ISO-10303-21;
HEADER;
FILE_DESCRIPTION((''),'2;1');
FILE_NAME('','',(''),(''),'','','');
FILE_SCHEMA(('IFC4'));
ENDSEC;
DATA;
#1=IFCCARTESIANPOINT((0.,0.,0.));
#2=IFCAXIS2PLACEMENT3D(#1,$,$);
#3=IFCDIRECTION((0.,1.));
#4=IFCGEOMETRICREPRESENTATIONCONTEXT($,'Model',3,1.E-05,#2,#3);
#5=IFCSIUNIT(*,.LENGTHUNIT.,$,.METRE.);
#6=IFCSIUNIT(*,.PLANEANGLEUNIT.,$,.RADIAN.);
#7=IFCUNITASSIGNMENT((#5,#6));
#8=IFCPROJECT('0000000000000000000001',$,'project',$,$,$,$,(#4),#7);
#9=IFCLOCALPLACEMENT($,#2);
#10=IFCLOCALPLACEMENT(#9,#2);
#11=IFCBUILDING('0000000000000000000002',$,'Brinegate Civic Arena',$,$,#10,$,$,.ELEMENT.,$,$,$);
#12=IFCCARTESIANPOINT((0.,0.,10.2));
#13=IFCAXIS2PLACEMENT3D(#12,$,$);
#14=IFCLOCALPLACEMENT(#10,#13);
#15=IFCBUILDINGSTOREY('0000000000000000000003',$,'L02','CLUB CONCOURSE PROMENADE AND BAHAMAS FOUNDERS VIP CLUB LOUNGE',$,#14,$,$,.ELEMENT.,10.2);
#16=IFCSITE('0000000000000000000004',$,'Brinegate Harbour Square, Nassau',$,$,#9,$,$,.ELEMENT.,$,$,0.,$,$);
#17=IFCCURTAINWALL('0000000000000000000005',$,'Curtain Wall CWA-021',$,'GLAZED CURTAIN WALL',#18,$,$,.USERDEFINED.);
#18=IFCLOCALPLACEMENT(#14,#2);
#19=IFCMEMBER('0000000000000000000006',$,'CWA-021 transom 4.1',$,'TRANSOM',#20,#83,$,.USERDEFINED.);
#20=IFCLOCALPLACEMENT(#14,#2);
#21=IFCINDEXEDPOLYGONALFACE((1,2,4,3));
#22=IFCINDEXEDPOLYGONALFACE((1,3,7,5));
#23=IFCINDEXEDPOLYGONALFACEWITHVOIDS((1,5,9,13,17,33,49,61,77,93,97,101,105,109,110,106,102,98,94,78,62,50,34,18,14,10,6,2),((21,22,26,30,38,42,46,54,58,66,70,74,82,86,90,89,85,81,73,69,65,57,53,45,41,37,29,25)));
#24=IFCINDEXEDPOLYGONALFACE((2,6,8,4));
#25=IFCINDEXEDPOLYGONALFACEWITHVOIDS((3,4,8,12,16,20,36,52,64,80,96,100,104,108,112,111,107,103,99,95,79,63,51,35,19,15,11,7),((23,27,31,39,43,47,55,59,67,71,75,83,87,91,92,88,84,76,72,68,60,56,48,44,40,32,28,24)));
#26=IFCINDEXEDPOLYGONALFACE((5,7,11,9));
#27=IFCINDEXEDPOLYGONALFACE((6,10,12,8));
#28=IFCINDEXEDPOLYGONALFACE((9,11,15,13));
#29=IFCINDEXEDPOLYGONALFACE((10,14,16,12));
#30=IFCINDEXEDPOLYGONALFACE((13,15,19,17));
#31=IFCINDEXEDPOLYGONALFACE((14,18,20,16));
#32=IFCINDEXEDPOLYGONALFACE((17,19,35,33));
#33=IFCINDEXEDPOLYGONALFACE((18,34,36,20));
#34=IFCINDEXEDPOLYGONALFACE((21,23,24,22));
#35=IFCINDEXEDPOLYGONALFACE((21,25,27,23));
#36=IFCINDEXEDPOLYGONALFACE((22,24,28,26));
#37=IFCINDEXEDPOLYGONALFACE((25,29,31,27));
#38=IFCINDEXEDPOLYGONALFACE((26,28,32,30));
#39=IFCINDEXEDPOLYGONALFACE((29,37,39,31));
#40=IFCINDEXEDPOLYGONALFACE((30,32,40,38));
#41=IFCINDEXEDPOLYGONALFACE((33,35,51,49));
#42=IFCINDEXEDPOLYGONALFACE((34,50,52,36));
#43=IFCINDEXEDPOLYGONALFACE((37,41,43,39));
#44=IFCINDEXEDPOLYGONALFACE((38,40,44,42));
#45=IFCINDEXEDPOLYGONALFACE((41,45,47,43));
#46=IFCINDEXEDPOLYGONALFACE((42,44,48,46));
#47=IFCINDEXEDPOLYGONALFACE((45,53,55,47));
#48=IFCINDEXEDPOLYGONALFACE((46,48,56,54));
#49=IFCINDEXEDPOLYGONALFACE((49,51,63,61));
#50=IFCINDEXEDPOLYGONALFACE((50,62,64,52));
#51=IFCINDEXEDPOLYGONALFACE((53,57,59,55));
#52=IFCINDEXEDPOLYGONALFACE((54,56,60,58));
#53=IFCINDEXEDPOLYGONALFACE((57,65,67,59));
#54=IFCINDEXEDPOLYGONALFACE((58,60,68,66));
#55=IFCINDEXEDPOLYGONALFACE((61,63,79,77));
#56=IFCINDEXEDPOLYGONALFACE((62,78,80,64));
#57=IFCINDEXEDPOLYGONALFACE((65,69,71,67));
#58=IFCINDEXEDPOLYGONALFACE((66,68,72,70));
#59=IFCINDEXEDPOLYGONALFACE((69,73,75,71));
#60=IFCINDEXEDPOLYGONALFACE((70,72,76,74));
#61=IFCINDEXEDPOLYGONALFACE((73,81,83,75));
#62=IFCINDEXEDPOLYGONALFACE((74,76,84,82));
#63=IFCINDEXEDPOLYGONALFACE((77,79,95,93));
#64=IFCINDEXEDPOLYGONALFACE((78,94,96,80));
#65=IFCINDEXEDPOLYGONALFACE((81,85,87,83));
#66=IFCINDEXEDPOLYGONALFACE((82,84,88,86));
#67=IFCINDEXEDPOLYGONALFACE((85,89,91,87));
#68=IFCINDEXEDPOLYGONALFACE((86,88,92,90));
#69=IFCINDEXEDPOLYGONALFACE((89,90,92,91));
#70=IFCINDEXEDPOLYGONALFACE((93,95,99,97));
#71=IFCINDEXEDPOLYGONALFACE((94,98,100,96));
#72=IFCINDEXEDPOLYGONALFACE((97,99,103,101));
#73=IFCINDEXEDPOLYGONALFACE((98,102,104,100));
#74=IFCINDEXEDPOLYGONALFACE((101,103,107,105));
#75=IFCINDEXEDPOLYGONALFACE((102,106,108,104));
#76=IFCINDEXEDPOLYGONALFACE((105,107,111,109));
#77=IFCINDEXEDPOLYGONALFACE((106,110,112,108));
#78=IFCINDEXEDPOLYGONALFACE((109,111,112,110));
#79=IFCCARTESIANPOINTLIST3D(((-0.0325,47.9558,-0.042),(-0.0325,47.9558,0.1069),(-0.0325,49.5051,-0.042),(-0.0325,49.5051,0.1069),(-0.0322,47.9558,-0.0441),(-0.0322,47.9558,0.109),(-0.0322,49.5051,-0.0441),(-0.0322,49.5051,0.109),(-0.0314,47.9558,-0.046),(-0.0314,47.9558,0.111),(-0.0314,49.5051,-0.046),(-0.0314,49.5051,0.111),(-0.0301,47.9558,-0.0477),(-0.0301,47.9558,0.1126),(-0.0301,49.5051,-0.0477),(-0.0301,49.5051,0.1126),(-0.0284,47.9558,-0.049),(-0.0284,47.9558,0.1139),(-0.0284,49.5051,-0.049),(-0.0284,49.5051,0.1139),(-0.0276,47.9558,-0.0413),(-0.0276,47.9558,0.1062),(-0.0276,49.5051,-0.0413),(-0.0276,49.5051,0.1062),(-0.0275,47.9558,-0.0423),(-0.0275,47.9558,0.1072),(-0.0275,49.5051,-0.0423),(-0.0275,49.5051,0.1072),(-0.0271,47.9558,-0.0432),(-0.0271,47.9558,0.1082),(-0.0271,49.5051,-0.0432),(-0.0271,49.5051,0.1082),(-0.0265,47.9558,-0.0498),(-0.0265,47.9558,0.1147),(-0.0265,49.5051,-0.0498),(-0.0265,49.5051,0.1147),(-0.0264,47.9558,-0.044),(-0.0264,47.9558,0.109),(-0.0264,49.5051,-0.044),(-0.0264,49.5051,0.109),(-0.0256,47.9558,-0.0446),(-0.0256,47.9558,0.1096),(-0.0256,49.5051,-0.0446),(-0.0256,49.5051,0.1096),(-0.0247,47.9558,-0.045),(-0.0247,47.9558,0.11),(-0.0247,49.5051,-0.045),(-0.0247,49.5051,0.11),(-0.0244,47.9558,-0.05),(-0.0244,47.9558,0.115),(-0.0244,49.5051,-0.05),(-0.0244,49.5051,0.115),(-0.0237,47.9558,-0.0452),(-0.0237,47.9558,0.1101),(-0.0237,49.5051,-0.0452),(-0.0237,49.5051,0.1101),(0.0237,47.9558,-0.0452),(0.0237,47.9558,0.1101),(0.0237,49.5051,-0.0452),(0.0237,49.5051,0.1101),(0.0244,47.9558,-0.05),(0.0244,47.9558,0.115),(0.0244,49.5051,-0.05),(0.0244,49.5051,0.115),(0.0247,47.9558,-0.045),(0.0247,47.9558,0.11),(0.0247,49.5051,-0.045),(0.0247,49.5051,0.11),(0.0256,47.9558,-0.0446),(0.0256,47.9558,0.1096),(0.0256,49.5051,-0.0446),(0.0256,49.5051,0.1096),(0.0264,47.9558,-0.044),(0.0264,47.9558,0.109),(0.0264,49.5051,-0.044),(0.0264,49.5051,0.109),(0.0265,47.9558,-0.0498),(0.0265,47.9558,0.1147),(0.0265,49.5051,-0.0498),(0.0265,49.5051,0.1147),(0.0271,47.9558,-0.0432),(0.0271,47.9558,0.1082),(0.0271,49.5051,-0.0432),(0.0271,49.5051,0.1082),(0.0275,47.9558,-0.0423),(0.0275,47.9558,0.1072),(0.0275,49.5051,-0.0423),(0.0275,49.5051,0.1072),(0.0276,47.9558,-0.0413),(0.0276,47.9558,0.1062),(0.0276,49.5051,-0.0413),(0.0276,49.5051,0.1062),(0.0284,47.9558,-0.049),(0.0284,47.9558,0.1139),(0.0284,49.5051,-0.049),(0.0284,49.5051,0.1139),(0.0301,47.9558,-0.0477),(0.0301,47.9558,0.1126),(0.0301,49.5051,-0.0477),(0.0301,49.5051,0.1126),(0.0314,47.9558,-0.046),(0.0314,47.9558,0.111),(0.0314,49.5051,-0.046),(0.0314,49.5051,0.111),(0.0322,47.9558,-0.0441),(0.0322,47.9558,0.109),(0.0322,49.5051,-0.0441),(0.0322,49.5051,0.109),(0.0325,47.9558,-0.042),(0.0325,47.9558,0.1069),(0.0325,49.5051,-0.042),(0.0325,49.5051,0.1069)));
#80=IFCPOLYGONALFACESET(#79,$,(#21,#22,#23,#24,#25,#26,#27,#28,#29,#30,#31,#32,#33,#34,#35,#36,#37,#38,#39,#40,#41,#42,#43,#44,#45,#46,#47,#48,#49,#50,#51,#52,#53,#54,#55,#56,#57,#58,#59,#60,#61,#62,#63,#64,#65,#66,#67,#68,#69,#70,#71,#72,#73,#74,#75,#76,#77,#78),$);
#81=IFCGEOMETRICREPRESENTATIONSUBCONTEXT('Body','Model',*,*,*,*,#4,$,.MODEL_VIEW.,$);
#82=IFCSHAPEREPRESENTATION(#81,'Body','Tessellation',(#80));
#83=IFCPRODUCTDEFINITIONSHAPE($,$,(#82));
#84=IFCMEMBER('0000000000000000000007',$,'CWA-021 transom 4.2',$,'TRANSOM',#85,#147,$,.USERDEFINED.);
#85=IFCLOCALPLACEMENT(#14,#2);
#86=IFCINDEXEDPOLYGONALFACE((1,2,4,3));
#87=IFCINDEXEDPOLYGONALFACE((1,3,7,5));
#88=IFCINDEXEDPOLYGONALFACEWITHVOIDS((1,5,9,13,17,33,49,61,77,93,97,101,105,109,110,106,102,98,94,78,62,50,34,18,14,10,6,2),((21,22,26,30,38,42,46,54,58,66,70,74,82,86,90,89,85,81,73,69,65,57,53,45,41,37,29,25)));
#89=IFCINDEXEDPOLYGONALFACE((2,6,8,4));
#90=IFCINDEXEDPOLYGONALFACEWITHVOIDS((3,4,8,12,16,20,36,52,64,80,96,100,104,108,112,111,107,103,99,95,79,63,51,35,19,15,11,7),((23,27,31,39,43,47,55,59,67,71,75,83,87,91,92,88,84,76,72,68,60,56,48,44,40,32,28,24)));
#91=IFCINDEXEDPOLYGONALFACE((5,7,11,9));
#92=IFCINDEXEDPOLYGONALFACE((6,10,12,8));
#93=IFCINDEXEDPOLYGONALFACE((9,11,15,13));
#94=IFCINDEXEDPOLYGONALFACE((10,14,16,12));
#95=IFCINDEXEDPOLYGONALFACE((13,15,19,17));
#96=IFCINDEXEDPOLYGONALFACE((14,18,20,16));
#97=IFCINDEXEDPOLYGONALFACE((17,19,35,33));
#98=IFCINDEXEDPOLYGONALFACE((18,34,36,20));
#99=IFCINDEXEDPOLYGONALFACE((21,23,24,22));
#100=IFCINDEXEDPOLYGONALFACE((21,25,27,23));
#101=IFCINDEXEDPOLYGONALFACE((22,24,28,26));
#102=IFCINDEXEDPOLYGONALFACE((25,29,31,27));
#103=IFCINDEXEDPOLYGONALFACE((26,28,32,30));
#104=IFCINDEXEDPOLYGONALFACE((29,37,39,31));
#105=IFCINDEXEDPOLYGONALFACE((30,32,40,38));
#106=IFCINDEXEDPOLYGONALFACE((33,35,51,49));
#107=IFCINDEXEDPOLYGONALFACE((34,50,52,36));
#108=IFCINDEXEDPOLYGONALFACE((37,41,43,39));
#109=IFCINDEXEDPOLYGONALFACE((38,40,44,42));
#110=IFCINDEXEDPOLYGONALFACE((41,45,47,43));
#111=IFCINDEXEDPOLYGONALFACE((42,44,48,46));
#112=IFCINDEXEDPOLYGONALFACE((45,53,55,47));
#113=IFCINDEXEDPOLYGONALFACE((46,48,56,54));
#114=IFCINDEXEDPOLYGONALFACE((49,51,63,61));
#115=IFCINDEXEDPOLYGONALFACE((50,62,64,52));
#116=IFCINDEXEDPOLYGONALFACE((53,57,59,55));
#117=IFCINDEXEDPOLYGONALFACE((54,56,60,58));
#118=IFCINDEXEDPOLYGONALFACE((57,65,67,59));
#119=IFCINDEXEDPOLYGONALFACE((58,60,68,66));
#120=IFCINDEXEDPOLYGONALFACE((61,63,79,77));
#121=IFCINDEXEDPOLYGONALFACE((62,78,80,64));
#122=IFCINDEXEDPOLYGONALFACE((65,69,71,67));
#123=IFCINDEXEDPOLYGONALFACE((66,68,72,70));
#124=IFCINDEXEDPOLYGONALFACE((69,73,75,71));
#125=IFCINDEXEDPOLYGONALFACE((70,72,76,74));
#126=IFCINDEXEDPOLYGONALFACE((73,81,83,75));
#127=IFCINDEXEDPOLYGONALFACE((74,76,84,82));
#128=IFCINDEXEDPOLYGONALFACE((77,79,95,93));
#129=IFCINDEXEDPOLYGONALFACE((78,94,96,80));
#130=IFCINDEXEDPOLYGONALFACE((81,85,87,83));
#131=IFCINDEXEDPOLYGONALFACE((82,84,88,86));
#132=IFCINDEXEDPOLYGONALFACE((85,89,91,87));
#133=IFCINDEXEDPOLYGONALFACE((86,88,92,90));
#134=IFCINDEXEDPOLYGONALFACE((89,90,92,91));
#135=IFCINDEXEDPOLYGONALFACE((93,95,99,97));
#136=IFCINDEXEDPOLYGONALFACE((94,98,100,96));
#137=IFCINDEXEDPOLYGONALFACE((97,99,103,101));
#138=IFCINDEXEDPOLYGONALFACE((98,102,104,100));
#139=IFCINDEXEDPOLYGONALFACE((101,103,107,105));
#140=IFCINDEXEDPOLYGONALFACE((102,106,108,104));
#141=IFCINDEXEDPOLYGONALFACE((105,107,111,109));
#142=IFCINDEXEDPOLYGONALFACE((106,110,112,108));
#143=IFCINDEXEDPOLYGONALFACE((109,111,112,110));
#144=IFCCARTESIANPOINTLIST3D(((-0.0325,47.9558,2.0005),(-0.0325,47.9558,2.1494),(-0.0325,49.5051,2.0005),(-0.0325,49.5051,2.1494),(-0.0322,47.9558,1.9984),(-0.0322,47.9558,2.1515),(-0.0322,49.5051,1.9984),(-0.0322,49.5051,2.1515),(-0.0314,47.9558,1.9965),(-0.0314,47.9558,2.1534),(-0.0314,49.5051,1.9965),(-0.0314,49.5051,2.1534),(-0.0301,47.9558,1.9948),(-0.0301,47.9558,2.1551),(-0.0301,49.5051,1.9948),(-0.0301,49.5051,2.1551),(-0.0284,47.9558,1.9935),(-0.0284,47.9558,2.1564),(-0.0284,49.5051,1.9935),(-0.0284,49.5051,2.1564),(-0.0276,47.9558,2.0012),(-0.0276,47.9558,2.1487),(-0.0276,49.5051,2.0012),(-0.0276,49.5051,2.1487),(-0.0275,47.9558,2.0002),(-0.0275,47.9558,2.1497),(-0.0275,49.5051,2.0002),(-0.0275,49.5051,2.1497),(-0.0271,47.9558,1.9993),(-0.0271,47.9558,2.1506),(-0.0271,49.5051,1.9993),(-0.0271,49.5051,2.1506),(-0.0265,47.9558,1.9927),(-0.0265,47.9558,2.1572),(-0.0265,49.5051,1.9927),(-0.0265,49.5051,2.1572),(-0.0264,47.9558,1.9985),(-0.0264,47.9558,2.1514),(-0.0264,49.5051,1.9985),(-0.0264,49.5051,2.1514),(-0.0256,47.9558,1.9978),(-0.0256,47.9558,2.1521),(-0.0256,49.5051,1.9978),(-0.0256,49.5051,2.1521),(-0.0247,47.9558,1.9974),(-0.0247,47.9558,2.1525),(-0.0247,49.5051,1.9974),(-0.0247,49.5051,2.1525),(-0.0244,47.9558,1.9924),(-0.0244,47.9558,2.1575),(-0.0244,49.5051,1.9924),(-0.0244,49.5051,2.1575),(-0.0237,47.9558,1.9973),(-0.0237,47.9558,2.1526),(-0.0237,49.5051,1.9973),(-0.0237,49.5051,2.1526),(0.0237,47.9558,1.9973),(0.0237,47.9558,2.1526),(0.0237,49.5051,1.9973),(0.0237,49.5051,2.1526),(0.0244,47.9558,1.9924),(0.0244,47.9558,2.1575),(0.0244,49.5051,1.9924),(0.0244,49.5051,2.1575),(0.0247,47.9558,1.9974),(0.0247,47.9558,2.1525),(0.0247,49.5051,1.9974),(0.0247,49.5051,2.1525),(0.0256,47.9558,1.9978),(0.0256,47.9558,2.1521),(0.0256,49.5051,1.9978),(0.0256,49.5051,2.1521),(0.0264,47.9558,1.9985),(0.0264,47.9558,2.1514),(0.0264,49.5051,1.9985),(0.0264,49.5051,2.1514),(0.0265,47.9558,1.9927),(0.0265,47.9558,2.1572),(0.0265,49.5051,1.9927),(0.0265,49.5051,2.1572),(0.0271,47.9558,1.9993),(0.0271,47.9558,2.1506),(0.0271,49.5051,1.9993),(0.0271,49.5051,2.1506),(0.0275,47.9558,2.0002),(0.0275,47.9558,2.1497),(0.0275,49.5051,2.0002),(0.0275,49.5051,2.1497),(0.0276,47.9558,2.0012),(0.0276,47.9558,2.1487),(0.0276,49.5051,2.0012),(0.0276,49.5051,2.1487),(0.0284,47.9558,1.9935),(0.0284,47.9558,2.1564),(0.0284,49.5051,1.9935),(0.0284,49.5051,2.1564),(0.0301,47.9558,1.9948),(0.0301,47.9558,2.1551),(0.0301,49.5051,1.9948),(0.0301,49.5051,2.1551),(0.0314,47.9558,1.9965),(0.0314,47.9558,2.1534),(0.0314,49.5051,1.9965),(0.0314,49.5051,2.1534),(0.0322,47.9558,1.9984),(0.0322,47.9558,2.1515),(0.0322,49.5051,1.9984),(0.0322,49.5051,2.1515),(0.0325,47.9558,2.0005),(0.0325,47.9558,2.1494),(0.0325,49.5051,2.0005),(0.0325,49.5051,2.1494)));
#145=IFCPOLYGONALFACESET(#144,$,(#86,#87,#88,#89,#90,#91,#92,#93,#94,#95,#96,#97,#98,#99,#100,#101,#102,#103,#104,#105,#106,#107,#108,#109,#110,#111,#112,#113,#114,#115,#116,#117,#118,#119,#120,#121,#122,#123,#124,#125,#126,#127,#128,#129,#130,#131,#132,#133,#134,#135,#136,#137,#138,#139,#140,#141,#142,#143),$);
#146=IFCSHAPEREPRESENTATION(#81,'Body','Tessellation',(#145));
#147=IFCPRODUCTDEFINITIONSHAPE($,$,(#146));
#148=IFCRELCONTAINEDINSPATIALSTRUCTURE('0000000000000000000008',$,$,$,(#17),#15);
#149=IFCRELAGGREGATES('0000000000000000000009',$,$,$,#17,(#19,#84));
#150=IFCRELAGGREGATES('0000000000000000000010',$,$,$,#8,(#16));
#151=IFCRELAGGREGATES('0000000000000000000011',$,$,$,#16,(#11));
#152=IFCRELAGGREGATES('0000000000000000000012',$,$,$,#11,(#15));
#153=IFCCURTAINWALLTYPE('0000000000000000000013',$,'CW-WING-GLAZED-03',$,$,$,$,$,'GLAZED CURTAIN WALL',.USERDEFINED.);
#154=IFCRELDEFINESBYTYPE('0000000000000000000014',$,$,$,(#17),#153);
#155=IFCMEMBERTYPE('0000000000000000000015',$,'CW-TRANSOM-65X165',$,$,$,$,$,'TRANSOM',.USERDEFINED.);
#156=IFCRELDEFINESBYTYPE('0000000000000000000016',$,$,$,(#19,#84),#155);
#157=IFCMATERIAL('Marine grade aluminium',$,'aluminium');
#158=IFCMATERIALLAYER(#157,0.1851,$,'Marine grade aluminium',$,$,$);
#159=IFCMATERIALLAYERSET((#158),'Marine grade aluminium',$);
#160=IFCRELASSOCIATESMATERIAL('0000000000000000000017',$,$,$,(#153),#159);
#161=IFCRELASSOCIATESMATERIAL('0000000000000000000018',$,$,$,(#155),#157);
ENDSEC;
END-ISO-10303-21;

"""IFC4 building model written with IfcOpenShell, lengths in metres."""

from ifc_helpers import new_model, si_unit, direction, frame, origin, origin_2d, place, context, subcontext, project, spatial, hollow_rectangle, extrude, material, layer, layer_set, material_profile, profile_set, type_object, element, aggregate, save


model = new_model("IFC4")

# Units and contexts
model_context = context("Model", 3, precision=1e-05, world=origin(), true_north=direction((0.0, 1.0)))
body_context = subcontext(model_context, "Body", "Model", "MODEL_VIEW")
ifc_project = project(units=[si_unit("LENGTHUNIT", "METRE"), si_unit("PLANEANGLEUNIT", "RADIAN")], contexts=[model_context])

# Site, building, storey
site_placement = place(None, origin())
site = spatial("IfcSite", under=ifc_project, at=site_placement, Name="Brinegate Harbour Square, Nassau", CompositionType="ELEMENT", RefElevation=0.0)
building_placement = place(site_placement, origin())
building = spatial("IfcBuilding", under=site, at=building_placement, Name="Brinegate Civic Arena", CompositionType="ELEMENT")
storey_placement = place(building_placement, frame((0.0, 0.0, 10.2)))
storey = spatial("IfcBuildingStorey", under=building, at=storey_placement, Name="L02", Description="CLUB CONCOURSE PROMENADE AND BAHAMAS FOUNDERS VIP CLUB LOUNGE", CompositionType="ELEMENT", Elevation=10.2)

# Curtain wall
ifc_material_1 = material(Name="Marine grade aluminium", Category="aluminium")
ifc_layer_1 = layer(ifc_material_1, 0.1851, Name="Marine grade aluminium")
ifc_layer_set_1 = layer_set([ifc_layer_1], Name="Marine grade aluminium")
curtain_wall_type = type_object("IfcCurtainWallType", Name="CW-WING-GLAZED-03", ElementType="GLAZED CURTAIN WALL", PredefinedType="USERDEFINED", material=ifc_layer_set_1)
curtain_wall_1_placement = place(storey_placement, origin())
curtain_wall_1 = element("IfcCurtainWall", 1, at=curtain_wall_1_placement, inside=storey, type_object=curtain_wall_type, Name="Curtain Wall CWA-021", ObjectType="GLAZED CURTAIN WALL", PredefinedType="USERDEFINED")

# Members
ifc_material_profile_1 = material_profile(ifc_material_1, hollow_rectangle(XDim=0.0649, YDim=0.165, WallThickness=0.0049, InnerFilletRadius=0.0039, OuterFilletRadius=0.0081, at=origin_2d()), Name="TRN65X165")
ifc_profile_set_1 = profile_set([ifc_material_profile_1], Name="Marine grade aluminium")
member_type_1 = type_object("IfcMemberType", Name="CW-TRANSOM-65X165", ElementType="TRANSOM", PredefinedType="USERDEFINED", material=ifc_profile_set_1)
member_1_placement = place(storey_placement, frame((0.0, 47.9558, 0.0325), z_axis=(0.0, 1.0, 0.0), x_axis=(-1.0, 0.0, 0.0)))
member_1 = element("IfcMember", 2, at=member_1_placement, type_object=member_type_1, Name="CWA-021 transom 4.1", ObjectType="TRANSOM", PredefinedType="USERDEFINED", context=body_context, shape_type="SweptSolid", body=[
    extrude(hollow_rectangle(XDim=0.0649, YDim=0.165, WallThickness=0.0049, InnerFilletRadius=0.0039, OuterFilletRadius=0.0081, at=origin_2d()), origin(), (0.0, 0.0, 1.0), 1.5493),
])
member_2_placement = place(storey_placement, frame((0.0, 47.9558, 2.075), z_axis=(0.0, 1.0, 0.0), x_axis=(-1.0, 0.0, 0.0)))
member_2 = element("IfcMember", 3, at=member_2_placement, type_object=member_type_1, Name="CWA-021 transom 4.2", ObjectType="TRANSOM", PredefinedType="USERDEFINED", context=body_context, shape_type="SweptSolid", body=[
    extrude(hollow_rectangle(XDim=0.0649, YDim=0.165, WallThickness=0.0049, InnerFilletRadius=0.0039, OuterFilletRadius=0.0081, at=origin_2d()), origin(), (0.0, 0.0, 1.0), 1.5493),
])

aggregate(curtain_wall_1, [member_1, member_2])

save(model, "model.ifc")
